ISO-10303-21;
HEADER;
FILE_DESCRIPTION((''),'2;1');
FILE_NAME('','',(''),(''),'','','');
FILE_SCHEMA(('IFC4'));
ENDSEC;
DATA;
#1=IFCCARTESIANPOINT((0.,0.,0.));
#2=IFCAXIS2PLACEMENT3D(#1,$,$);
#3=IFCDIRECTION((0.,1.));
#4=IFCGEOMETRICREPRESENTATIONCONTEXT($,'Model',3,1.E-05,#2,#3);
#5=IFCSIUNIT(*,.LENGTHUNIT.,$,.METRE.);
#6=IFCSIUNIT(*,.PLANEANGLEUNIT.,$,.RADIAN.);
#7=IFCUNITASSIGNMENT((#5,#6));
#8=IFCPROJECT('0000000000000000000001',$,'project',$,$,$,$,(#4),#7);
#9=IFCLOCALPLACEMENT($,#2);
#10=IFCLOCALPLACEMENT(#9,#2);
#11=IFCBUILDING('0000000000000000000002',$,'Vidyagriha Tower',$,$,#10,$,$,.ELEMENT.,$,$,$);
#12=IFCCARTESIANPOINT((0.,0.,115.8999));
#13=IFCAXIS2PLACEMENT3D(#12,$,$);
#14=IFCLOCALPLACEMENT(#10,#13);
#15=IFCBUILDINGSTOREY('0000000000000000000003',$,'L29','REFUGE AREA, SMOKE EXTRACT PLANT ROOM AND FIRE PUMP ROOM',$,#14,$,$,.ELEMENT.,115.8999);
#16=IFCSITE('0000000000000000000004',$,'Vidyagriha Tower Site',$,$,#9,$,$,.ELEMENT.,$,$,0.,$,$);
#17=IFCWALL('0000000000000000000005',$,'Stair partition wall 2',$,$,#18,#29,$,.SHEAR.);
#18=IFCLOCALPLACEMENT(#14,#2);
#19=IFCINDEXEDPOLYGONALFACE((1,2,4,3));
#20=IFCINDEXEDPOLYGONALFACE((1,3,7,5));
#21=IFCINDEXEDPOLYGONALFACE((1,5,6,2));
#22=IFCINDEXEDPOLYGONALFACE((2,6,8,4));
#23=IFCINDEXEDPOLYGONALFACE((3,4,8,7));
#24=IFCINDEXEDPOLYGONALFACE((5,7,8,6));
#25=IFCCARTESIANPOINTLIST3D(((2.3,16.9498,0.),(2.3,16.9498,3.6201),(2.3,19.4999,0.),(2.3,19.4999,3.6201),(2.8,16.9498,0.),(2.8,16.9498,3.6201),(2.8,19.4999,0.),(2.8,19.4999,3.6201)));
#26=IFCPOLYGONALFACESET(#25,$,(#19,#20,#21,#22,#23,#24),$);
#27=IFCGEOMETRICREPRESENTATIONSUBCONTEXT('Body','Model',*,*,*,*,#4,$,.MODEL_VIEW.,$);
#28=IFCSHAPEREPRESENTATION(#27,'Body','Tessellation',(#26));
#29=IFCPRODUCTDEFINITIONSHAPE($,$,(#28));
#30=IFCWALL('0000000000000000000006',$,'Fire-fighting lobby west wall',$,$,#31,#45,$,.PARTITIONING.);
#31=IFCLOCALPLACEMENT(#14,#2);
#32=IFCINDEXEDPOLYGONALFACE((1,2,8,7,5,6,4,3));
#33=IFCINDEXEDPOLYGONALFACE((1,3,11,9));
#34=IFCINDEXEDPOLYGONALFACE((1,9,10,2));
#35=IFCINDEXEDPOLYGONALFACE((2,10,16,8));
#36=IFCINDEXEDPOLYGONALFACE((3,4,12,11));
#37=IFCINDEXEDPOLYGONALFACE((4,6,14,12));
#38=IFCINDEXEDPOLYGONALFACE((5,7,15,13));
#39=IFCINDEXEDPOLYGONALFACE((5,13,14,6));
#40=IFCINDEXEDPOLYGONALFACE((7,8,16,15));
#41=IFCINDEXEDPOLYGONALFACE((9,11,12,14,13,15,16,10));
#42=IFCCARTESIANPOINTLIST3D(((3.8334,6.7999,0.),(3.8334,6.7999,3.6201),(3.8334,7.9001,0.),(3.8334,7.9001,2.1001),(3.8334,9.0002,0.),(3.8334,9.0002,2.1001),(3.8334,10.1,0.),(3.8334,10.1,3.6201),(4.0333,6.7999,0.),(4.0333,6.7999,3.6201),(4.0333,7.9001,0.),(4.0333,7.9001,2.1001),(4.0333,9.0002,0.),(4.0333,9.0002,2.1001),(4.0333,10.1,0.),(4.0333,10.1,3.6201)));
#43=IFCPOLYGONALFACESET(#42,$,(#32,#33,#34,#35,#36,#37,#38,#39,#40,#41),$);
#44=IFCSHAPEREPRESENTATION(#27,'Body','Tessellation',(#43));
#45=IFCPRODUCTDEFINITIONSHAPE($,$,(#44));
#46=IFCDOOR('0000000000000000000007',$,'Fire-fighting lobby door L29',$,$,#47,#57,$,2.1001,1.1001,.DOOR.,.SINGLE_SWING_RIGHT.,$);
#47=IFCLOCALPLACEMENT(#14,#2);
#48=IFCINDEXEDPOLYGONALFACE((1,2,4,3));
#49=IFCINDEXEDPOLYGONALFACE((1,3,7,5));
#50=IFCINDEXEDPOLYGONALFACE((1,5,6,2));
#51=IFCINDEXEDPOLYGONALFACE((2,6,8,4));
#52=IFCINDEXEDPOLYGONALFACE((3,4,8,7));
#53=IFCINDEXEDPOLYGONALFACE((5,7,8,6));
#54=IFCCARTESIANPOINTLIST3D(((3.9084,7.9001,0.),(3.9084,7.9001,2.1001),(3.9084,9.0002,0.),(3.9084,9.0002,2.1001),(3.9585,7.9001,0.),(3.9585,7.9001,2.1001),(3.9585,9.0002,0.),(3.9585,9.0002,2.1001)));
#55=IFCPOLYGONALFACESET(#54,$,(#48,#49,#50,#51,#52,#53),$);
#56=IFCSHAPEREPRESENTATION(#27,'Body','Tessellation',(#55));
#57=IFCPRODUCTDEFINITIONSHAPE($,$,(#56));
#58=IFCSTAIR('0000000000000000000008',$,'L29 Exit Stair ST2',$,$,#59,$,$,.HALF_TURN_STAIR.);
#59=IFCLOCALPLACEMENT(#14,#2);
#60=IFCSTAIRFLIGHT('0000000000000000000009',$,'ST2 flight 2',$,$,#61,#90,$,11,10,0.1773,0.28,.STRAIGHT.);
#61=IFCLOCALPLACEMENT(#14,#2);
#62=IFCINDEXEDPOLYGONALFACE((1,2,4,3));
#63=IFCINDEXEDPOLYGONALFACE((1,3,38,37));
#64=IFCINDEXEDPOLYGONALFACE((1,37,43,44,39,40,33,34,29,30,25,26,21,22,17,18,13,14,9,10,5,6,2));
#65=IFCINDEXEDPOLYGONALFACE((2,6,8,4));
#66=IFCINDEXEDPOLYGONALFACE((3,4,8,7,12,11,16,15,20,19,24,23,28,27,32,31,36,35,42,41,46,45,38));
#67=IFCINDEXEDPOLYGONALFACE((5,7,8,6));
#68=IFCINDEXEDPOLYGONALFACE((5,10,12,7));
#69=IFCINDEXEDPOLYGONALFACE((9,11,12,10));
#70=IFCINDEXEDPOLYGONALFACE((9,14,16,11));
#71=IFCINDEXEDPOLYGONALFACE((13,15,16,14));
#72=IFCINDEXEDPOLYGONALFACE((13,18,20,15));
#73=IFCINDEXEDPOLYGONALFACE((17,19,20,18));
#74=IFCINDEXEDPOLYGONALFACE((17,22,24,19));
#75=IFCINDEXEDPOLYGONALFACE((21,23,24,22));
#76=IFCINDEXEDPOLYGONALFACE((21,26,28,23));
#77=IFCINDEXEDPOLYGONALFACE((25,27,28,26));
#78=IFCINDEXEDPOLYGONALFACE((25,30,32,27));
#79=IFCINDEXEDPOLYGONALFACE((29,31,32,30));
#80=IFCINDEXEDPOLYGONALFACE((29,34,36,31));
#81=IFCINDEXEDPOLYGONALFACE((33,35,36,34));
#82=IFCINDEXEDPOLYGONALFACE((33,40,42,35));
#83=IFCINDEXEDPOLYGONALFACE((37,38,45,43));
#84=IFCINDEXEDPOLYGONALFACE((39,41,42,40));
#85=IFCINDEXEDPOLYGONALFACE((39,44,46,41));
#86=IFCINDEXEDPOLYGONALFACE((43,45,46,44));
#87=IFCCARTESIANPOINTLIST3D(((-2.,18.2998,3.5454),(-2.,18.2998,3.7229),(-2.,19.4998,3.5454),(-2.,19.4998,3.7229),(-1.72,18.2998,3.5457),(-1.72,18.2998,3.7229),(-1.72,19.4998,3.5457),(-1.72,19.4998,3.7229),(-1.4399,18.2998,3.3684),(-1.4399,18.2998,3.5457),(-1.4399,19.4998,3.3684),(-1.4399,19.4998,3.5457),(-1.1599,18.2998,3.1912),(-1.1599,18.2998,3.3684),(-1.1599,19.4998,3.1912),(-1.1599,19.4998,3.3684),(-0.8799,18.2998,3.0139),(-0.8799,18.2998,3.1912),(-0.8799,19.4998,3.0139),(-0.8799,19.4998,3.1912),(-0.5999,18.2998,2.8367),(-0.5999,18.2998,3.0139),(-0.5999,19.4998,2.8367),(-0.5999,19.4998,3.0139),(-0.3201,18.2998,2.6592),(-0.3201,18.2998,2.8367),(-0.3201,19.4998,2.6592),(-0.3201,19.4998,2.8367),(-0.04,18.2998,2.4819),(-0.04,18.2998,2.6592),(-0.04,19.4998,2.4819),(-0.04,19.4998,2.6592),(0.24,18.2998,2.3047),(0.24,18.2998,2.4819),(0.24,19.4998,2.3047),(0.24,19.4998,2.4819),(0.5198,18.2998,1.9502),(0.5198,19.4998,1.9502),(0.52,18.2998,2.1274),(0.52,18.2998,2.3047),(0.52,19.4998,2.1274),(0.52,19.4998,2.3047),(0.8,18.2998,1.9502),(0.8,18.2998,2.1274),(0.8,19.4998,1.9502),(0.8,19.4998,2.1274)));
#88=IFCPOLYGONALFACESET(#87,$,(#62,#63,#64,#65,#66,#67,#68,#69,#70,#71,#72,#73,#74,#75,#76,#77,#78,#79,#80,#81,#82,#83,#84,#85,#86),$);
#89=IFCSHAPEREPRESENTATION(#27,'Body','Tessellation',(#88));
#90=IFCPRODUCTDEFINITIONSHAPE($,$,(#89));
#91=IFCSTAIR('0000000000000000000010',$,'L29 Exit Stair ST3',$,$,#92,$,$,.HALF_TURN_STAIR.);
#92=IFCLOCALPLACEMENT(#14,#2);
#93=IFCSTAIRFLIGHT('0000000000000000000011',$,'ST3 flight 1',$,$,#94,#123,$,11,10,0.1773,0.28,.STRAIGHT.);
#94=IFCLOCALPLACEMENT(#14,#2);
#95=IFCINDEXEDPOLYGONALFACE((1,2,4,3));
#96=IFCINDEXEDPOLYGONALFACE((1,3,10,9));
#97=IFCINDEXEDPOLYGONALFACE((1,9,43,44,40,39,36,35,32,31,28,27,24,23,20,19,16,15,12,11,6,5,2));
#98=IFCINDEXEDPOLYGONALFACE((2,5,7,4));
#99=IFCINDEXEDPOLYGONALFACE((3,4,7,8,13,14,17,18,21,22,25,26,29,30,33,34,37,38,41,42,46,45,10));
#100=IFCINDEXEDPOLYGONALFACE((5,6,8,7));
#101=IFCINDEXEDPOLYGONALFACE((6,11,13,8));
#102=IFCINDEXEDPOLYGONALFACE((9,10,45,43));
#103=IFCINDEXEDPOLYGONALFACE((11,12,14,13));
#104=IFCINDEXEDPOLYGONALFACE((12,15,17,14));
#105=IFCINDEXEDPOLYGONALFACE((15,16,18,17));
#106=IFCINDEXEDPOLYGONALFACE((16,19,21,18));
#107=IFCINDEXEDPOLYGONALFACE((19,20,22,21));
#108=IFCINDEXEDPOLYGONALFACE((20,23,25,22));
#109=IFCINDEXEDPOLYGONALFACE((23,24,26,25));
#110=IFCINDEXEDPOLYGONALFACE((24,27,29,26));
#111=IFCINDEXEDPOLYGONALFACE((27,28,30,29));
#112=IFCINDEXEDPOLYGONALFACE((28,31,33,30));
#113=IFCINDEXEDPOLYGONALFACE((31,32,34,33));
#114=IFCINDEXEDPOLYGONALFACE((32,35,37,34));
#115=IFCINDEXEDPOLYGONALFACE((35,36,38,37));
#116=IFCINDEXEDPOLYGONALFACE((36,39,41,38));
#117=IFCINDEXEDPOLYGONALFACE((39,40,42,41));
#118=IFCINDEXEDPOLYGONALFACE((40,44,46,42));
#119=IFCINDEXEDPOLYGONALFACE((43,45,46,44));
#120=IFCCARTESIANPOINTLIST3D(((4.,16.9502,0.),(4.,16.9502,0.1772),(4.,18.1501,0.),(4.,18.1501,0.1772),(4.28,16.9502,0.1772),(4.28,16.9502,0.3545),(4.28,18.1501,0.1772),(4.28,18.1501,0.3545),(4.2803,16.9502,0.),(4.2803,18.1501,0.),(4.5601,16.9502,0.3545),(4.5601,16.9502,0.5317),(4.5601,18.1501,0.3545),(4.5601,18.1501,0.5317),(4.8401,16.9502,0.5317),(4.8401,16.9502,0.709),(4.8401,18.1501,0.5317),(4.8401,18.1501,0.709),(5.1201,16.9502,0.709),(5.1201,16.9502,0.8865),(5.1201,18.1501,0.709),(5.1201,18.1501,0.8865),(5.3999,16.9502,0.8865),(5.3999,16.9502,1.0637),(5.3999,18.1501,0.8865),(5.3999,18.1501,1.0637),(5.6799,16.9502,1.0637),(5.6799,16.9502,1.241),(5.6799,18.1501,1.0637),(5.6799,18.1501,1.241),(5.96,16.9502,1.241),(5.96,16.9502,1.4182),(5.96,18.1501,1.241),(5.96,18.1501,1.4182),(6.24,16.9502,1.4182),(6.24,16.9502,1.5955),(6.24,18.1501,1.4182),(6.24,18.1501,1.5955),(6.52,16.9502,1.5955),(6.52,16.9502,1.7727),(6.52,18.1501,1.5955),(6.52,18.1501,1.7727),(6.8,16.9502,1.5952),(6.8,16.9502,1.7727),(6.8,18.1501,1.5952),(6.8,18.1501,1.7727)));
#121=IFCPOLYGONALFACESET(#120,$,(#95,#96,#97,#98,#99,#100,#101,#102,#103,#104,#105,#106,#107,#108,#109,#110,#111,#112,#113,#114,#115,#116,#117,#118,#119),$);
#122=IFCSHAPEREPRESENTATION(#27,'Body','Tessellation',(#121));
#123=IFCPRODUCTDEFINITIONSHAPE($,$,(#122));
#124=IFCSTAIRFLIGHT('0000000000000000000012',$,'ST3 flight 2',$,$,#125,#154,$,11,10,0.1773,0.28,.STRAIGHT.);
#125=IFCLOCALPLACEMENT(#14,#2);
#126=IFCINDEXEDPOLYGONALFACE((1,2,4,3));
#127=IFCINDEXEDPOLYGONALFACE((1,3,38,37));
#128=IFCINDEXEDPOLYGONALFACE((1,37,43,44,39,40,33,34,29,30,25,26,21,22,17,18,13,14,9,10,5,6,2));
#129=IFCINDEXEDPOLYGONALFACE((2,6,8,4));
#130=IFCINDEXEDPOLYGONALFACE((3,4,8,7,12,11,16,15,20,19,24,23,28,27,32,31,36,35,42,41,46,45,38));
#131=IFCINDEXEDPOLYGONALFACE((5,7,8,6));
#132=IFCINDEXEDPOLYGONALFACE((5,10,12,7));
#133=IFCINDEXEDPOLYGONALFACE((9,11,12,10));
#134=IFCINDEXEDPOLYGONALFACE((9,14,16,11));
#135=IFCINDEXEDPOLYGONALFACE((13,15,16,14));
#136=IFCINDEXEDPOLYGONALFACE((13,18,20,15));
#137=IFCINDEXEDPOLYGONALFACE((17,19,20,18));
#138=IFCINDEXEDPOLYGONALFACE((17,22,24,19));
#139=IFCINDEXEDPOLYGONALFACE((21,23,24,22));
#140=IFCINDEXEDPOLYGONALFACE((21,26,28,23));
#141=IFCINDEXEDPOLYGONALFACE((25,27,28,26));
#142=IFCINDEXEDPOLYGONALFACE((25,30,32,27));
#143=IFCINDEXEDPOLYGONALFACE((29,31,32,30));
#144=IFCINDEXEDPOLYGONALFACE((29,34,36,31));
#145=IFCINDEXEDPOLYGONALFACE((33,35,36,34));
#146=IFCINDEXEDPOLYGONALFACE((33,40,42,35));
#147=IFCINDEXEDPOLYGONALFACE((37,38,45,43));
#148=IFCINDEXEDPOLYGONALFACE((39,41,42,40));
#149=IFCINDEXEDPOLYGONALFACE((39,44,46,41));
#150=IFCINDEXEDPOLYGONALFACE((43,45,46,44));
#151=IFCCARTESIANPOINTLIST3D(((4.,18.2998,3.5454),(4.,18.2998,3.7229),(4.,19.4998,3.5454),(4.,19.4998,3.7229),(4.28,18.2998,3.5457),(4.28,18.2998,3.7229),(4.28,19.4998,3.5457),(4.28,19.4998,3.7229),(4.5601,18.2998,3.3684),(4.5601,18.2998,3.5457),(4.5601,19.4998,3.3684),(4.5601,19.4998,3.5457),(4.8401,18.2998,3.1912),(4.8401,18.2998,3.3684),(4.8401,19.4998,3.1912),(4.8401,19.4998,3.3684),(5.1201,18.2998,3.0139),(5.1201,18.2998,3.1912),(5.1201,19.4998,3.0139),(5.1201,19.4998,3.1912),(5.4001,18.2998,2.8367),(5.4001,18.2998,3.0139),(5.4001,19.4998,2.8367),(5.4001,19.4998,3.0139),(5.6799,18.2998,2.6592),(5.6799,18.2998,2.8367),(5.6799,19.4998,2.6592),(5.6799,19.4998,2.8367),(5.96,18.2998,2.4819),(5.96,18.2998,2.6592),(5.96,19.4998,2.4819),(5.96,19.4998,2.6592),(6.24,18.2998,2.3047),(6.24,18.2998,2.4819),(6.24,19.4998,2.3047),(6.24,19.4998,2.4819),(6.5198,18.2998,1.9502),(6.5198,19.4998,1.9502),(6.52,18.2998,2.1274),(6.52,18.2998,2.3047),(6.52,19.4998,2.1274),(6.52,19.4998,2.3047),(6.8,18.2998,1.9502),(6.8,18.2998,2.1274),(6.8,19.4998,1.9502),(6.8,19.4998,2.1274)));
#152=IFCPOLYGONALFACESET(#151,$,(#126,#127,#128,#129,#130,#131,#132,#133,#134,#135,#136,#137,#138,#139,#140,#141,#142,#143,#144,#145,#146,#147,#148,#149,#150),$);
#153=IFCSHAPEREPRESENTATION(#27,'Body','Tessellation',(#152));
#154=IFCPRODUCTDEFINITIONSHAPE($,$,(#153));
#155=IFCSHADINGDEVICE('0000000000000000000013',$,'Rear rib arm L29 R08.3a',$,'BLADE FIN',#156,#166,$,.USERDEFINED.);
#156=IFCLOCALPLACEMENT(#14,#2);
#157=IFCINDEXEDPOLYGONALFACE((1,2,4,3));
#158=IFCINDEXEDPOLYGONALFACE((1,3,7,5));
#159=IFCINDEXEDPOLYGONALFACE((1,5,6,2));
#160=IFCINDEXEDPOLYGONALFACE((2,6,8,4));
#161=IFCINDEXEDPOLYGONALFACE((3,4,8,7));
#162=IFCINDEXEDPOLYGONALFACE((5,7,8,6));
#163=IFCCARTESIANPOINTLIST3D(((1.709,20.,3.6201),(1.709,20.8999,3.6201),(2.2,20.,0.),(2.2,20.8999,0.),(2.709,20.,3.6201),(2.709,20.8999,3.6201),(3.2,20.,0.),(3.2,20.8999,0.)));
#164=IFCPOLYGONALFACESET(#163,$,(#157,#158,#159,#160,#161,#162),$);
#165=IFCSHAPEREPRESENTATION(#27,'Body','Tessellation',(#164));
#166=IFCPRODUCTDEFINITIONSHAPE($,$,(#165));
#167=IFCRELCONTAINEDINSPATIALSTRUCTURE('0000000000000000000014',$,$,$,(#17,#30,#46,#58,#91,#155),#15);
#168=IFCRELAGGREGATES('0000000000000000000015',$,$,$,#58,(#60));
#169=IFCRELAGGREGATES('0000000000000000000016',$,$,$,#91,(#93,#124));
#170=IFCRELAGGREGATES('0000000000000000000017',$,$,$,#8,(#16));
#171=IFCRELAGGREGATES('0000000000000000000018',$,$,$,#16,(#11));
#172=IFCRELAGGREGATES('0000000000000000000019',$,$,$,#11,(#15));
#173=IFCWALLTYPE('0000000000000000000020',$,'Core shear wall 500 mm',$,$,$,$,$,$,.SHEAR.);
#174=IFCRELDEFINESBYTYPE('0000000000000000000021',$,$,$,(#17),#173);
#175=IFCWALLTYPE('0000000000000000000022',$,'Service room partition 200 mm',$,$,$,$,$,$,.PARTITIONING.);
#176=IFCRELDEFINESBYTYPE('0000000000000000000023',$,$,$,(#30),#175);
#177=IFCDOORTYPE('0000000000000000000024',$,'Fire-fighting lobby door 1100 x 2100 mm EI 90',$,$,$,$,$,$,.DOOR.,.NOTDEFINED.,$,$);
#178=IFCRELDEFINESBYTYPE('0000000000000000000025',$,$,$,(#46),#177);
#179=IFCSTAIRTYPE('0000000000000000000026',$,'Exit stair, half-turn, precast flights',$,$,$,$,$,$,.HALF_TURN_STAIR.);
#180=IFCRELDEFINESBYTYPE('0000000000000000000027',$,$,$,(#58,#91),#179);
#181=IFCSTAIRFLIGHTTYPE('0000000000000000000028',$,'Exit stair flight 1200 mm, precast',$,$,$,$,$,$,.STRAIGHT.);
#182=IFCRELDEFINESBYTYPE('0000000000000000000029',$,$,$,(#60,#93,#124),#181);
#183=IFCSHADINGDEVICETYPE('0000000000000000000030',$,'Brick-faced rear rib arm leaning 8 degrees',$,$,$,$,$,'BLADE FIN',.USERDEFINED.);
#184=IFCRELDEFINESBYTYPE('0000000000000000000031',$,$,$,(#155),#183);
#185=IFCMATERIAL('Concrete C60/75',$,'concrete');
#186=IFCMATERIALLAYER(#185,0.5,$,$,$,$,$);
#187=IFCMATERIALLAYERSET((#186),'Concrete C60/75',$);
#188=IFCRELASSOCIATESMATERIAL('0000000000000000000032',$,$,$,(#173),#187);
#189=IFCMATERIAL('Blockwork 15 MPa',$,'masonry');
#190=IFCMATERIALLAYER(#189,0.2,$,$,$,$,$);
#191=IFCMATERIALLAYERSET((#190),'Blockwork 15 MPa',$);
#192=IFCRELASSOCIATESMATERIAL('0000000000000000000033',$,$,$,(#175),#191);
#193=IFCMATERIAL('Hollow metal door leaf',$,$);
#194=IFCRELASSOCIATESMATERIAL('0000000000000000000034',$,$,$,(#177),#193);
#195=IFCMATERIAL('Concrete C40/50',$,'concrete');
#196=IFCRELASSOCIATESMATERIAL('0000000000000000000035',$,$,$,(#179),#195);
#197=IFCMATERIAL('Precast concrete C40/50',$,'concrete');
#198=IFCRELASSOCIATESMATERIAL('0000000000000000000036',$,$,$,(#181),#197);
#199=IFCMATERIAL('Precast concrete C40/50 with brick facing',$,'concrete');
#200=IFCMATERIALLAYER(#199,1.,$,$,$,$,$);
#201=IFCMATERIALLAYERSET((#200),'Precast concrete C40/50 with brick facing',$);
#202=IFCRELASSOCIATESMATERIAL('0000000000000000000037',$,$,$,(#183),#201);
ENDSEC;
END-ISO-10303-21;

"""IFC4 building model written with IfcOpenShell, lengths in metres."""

from ifc_helpers import new_model, si_unit, direction, frame, frame_2d, origin, place, context, subcontext, project, spatial, polyline, rectangle, outline, extrude, material, layer, layer_set, type_object, element, fill, aggregate, save


model = new_model("IFC4")

# Units and contexts
model_context = context("Model", 3, precision=1e-05, world=origin(), true_north=direction((0.0, 1.0)))
body_context = subcontext(model_context, "Body", "Model", "MODEL_VIEW")
ifc_project = project(units=[si_unit("LENGTHUNIT", "METRE"), si_unit("PLANEANGLEUNIT", "RADIAN")], contexts=[model_context])

# Site, building, storey
site_placement = place(None, origin())
site = spatial("IfcSite", under=ifc_project, at=site_placement, Name="Vidyagriha Tower Site", CompositionType="ELEMENT", RefElevation=0.0)
building_placement = place(site_placement, origin())
building = spatial("IfcBuilding", under=site, at=building_placement, Name="Vidyagriha Tower", CompositionType="ELEMENT")
storey_placement = place(building_placement, frame((0.0, 0.0, 115.8999)))
storey = spatial("IfcBuildingStorey", under=building, at=storey_placement, Name="L29", Description="REFUGE AREA, SMOKE EXTRACT PLANT ROOM AND FIRE PUMP ROOM", CompositionType="ELEMENT", Elevation=115.8999)

# Wall
ifc_material_1 = material(Name="Concrete C60/75", Category="concrete")
ifc_layer_1 = layer(ifc_material_1, 0.5)
ifc_layer_set_1 = layer_set([ifc_layer_1], Name="Concrete C60/75")
wall_type_1 = type_object("IfcWallType", Name="Core shear wall 500 mm", PredefinedType="SHEAR", material=ifc_layer_set_1)
wall_1_placement = place(storey_placement, frame((2.55, 16.95, 0.0), z_axis=(0.0, 0.0, 1.0), x_axis=(0.0, 1.0, 0.0)))
element("IfcWall", 1, at=wall_1_placement, inside=storey, type_object=wall_type_1, Name="Stair partition wall 2", PredefinedType="SHEAR", context=body_context, shape_type="SweptSolid", body=[
    extrude(rectangle(XDim=2.55, YDim=0.5, at=frame_2d((1.2749, 0.0))), origin(), (0.0, 0.0, 1.0), 3.6201),
])

# Wall, opening, door
ifc_material_2 = material(Name="Blockwork 15 MPa", Category="masonry")
ifc_layer_2 = layer(ifc_material_2, 0.2)
ifc_layer_set_2 = layer_set([ifc_layer_2], Name="Blockwork 15 MPa")
wall_type_2 = type_object("IfcWallType", Name="Service room partition 200 mm", PredefinedType="PARTITIONING", material=ifc_layer_set_2)
wall_2_placement = place(storey_placement, frame((3.9333, 6.8, 0.0), z_axis=(0.0, 0.0, 1.0), x_axis=(0.0, 1.0, 0.0)))
wall_2 = element("IfcWall", 2, at=wall_2_placement, inside=storey, type_object=wall_type_2, Name="Fire-fighting lobby west wall", PredefinedType="PARTITIONING", context=body_context, shape_type="SweptSolid", body=[
    extrude(rectangle(XDim=3.3, YDim=0.2, at=frame_2d((1.6499, 0.0))), origin(), (0.0, 0.0, 1.0), 3.6201),
])
opening_1_placement = place(wall_2_placement, frame((1.1001, 0.0, 0.0)))
opening_1 = element("IfcOpeningElement", 3, at=opening_1_placement, cuts=wall_2, PredefinedType="OPENING", context=body_context, shape_type="SweptSolid", body=[
    extrude(rectangle(XDim=1.1001, YDim=2.1001, at=frame_2d((0.55, 1.05))), frame((0.0, 0.1099, 0.0), z_axis=(0.0, -1.0, 0.0), x_axis=(1.0, 0.0, 0.0)), (0.0, 0.0, 1.0), 0.22),
])
ifc_material_3 = material(Name="Hollow metal door leaf")
door_type_1 = type_object("IfcDoorType", Name="Fire-fighting lobby door 1100 x 2100 mm EI 90", OperationType="NOTDEFINED", PredefinedType="DOOR", material=ifc_material_3)
door_1_placement = place(opening_1_placement, origin())
door_1 = element("IfcDoor", 4, at=door_1_placement, inside=storey, type_object=door_type_1, Name="Fire-fighting lobby door L29", OperationType="SINGLE_SWING_RIGHT", OverallHeight=2.1001, OverallWidth=1.1001, PredefinedType="DOOR", context=body_context, shape_type="SweptSolid", body=[
    extrude(rectangle(XDim=1.1001, YDim=2.1001, at=frame_2d((0.55, 1.05))), frame((0.0, 0.0249, 0.0), z_axis=(0.0, -1.0, 0.0), x_axis=(1.0, 0.0, 0.0)), (0.0, 0.0, 1.0), 0.05),
])
fill(opening_1, door_1)

# Stair, stair flight
ifc_material_4 = material(Name="Concrete C40/50", Category="concrete")
stair_type = type_object("IfcStairType", Name="Exit stair, half-turn, precast flights", PredefinedType="HALF_TURN_STAIR", material=ifc_material_4)
stair_1_placement = place(storey_placement, origin())
stair_1 = element("IfcStair", 5, at=stair_1_placement, inside=storey, type_object=stair_type, Name="L29 Exit Stair ST2", PredefinedType="HALF_TURN_STAIR")
ifc_material_5 = material(Name="Precast concrete C40/50", Category="concrete")
stair_flight_type = type_object("IfcStairFlightType", Name="Exit stair flight 1200 mm, precast", PredefinedType="STRAIGHT", material=ifc_material_5)
stair_flight_1_placement = place(storey_placement, frame((0.8, 18.8999, 1.9502), z_axis=(0.0, 0.0, 1.0), x_axis=(-1.0, 0.0, 0.0)))
stair_flight_1 = element("IfcStairFlight", 6, at=stair_flight_1_placement, type_object=stair_flight_type, Name="ST2 flight 2", NumberOfRisers=11, NumberOfTreads=10, PredefinedType="STRAIGHT", RiserHeight=0.1773, TreadLength=0.28, context=body_context, shape_type="SweptSolid", body=[
    extrude(outline(polyline([(0.0, 0.0), (0.0, 0.1772), (0.28, 0.1772), (0.28, 0.3545), (0.5601, 0.3545), (0.5601, 0.5317), (0.8401, 0.5317), (0.8401, 0.709), (1.1201, 0.709), (1.1201, 0.8865), (1.3999, 0.8865), (1.3999, 1.0637), (1.6799, 1.0637), (1.6799, 1.241), (1.96, 1.241), (1.96, 1.4182), (2.24, 1.4182), (2.24, 1.5955), (2.52, 1.5955), (2.52, 1.7727), (2.8, 1.7727), (2.8, 1.95), (2.8, 1.5952), (0.2803, 0.0), (0.0, 0.0)])), frame((0.0, 0.6001, 0.0), z_axis=(0.0, -1.0, 0.0), x_axis=(1.0, 0.0, 0.0)), (0.0, 0.0, 1.0), 1.2),
])
aggregate(stair_1, [stair_flight_1])

# Stair, stair flights
stair_2_placement = place(storey_placement, origin())
stair_2 = element("IfcStair", 7, at=stair_2_placement, inside=storey, type_object=stair_type, Name="L29 Exit Stair ST3", PredefinedType="HALF_TURN_STAIR")
stair_flight_2_placement = place(storey_placement, frame((4.0, 17.55, 0.0)))
stair_flight_2 = element("IfcStairFlight", 8, at=stair_flight_2_placement, type_object=stair_flight_type, Name="ST3 flight 1", NumberOfRisers=11, NumberOfTreads=10, PredefinedType="STRAIGHT", RiserHeight=0.1773, TreadLength=0.28, context=body_context, shape_type="SweptSolid", body=[
    extrude(outline(polyline([(0.0, 0.0), (0.0, 0.1772), (0.28, 0.1772), (0.28, 0.3545), (0.5601, 0.3545), (0.5601, 0.5317), (0.8401, 0.5317), (0.8401, 0.709), (1.1201, 0.709), (1.1201, 0.8865), (1.3999, 0.8865), (1.3999, 1.0637), (1.6799, 1.0637), (1.6799, 1.241), (1.96, 1.241), (1.96, 1.4182), (2.24, 1.4182), (2.24, 1.5955), (2.52, 1.5955), (2.52, 1.7727), (2.8, 1.7727), (2.8, 1.95), (2.8, 1.5952), (0.2803, 0.0), (0.0, 0.0)])), frame((0.0, 0.6001, 0.0), z_axis=(0.0, -1.0, 0.0), x_axis=(1.0, 0.0, 0.0)), (0.0, 0.0, 1.0), 1.2),
])
stair_flight_3_placement = place(storey_placement, frame((6.8, 18.8999, 1.9502), z_axis=(0.0, 0.0, 1.0), x_axis=(-1.0, 0.0, 0.0)))
stair_flight_3 = element("IfcStairFlight", 9, at=stair_flight_3_placement, type_object=stair_flight_type, Name="ST3 flight 2", NumberOfRisers=11, NumberOfTreads=10, PredefinedType="STRAIGHT", RiserHeight=0.1773, TreadLength=0.28, context=body_context, shape_type="SweptSolid", body=[
    extrude(outline(polyline([(0.0, 0.0), (0.0, 0.1772), (0.28, 0.1772), (0.28, 0.3545), (0.5601, 0.3545), (0.5601, 0.5317), (0.8401, 0.5317), (0.8401, 0.709), (1.1201, 0.709), (1.1201, 0.8865), (1.3999, 0.8865), (1.3999, 1.0637), (1.6799, 1.0637), (1.6799, 1.241), (1.96, 1.241), (1.96, 1.4182), (2.24, 1.4182), (2.24, 1.5955), (2.52, 1.5955), (2.52, 1.7727), (2.8, 1.7727), (2.8, 1.95), (2.8, 1.5952), (0.2803, 0.0), (0.0, 0.0)])), frame((0.0, 0.6001, 0.0), z_axis=(0.0, -1.0, 0.0), x_axis=(1.0, 0.0, 0.0)), (0.0, 0.0, 1.0), 1.2),
])
aggregate(stair_2, [stair_flight_2, stair_flight_3])

# Shading device
ifc_material_6 = material(Name="Precast concrete C40/50 with brick facing", Category="concrete")
ifc_layer_3 = layer(ifc_material_6, 1.0)
ifc_layer_set_3 = layer_set([ifc_layer_3], Name="Precast concrete C40/50 with brick facing")
shading_device_type = type_object("IfcShadingDeviceType", Name="Brick-faced rear rib arm leaning 8 degrees", ElementType="BLADE FIN", PredefinedType="USERDEFINED", material=ifc_layer_set_3)
shading_device_placement = place(storey_placement, frame((3.2, 20.45, 0.0), z_axis=(0.0, 0.0, 1.0), x_axis=(-1.0, 0.0, 0.0)))
element("IfcShadingDevice", 10, at=shading_device_placement, inside=storey, type_object=shading_device_type, Name="Rear rib arm L29 R08.3a", ObjectType="BLADE FIN", PredefinedType="USERDEFINED", context=body_context, shape_type="SweptSolid", body=[
    extrude(outline(polyline([(0.0, 0.0), (1.0, 0.0), (1.491, 3.6201), (0.491, 3.6201), (0.0, 0.0)])), frame((0.0, 0.45, 0.0), z_axis=(0.0, -1.0, 0.0), x_axis=(1.0, 0.0, 0.0)), (0.0, 0.0, 1.0), 0.8999),
])

save(model, "model.ifc")
